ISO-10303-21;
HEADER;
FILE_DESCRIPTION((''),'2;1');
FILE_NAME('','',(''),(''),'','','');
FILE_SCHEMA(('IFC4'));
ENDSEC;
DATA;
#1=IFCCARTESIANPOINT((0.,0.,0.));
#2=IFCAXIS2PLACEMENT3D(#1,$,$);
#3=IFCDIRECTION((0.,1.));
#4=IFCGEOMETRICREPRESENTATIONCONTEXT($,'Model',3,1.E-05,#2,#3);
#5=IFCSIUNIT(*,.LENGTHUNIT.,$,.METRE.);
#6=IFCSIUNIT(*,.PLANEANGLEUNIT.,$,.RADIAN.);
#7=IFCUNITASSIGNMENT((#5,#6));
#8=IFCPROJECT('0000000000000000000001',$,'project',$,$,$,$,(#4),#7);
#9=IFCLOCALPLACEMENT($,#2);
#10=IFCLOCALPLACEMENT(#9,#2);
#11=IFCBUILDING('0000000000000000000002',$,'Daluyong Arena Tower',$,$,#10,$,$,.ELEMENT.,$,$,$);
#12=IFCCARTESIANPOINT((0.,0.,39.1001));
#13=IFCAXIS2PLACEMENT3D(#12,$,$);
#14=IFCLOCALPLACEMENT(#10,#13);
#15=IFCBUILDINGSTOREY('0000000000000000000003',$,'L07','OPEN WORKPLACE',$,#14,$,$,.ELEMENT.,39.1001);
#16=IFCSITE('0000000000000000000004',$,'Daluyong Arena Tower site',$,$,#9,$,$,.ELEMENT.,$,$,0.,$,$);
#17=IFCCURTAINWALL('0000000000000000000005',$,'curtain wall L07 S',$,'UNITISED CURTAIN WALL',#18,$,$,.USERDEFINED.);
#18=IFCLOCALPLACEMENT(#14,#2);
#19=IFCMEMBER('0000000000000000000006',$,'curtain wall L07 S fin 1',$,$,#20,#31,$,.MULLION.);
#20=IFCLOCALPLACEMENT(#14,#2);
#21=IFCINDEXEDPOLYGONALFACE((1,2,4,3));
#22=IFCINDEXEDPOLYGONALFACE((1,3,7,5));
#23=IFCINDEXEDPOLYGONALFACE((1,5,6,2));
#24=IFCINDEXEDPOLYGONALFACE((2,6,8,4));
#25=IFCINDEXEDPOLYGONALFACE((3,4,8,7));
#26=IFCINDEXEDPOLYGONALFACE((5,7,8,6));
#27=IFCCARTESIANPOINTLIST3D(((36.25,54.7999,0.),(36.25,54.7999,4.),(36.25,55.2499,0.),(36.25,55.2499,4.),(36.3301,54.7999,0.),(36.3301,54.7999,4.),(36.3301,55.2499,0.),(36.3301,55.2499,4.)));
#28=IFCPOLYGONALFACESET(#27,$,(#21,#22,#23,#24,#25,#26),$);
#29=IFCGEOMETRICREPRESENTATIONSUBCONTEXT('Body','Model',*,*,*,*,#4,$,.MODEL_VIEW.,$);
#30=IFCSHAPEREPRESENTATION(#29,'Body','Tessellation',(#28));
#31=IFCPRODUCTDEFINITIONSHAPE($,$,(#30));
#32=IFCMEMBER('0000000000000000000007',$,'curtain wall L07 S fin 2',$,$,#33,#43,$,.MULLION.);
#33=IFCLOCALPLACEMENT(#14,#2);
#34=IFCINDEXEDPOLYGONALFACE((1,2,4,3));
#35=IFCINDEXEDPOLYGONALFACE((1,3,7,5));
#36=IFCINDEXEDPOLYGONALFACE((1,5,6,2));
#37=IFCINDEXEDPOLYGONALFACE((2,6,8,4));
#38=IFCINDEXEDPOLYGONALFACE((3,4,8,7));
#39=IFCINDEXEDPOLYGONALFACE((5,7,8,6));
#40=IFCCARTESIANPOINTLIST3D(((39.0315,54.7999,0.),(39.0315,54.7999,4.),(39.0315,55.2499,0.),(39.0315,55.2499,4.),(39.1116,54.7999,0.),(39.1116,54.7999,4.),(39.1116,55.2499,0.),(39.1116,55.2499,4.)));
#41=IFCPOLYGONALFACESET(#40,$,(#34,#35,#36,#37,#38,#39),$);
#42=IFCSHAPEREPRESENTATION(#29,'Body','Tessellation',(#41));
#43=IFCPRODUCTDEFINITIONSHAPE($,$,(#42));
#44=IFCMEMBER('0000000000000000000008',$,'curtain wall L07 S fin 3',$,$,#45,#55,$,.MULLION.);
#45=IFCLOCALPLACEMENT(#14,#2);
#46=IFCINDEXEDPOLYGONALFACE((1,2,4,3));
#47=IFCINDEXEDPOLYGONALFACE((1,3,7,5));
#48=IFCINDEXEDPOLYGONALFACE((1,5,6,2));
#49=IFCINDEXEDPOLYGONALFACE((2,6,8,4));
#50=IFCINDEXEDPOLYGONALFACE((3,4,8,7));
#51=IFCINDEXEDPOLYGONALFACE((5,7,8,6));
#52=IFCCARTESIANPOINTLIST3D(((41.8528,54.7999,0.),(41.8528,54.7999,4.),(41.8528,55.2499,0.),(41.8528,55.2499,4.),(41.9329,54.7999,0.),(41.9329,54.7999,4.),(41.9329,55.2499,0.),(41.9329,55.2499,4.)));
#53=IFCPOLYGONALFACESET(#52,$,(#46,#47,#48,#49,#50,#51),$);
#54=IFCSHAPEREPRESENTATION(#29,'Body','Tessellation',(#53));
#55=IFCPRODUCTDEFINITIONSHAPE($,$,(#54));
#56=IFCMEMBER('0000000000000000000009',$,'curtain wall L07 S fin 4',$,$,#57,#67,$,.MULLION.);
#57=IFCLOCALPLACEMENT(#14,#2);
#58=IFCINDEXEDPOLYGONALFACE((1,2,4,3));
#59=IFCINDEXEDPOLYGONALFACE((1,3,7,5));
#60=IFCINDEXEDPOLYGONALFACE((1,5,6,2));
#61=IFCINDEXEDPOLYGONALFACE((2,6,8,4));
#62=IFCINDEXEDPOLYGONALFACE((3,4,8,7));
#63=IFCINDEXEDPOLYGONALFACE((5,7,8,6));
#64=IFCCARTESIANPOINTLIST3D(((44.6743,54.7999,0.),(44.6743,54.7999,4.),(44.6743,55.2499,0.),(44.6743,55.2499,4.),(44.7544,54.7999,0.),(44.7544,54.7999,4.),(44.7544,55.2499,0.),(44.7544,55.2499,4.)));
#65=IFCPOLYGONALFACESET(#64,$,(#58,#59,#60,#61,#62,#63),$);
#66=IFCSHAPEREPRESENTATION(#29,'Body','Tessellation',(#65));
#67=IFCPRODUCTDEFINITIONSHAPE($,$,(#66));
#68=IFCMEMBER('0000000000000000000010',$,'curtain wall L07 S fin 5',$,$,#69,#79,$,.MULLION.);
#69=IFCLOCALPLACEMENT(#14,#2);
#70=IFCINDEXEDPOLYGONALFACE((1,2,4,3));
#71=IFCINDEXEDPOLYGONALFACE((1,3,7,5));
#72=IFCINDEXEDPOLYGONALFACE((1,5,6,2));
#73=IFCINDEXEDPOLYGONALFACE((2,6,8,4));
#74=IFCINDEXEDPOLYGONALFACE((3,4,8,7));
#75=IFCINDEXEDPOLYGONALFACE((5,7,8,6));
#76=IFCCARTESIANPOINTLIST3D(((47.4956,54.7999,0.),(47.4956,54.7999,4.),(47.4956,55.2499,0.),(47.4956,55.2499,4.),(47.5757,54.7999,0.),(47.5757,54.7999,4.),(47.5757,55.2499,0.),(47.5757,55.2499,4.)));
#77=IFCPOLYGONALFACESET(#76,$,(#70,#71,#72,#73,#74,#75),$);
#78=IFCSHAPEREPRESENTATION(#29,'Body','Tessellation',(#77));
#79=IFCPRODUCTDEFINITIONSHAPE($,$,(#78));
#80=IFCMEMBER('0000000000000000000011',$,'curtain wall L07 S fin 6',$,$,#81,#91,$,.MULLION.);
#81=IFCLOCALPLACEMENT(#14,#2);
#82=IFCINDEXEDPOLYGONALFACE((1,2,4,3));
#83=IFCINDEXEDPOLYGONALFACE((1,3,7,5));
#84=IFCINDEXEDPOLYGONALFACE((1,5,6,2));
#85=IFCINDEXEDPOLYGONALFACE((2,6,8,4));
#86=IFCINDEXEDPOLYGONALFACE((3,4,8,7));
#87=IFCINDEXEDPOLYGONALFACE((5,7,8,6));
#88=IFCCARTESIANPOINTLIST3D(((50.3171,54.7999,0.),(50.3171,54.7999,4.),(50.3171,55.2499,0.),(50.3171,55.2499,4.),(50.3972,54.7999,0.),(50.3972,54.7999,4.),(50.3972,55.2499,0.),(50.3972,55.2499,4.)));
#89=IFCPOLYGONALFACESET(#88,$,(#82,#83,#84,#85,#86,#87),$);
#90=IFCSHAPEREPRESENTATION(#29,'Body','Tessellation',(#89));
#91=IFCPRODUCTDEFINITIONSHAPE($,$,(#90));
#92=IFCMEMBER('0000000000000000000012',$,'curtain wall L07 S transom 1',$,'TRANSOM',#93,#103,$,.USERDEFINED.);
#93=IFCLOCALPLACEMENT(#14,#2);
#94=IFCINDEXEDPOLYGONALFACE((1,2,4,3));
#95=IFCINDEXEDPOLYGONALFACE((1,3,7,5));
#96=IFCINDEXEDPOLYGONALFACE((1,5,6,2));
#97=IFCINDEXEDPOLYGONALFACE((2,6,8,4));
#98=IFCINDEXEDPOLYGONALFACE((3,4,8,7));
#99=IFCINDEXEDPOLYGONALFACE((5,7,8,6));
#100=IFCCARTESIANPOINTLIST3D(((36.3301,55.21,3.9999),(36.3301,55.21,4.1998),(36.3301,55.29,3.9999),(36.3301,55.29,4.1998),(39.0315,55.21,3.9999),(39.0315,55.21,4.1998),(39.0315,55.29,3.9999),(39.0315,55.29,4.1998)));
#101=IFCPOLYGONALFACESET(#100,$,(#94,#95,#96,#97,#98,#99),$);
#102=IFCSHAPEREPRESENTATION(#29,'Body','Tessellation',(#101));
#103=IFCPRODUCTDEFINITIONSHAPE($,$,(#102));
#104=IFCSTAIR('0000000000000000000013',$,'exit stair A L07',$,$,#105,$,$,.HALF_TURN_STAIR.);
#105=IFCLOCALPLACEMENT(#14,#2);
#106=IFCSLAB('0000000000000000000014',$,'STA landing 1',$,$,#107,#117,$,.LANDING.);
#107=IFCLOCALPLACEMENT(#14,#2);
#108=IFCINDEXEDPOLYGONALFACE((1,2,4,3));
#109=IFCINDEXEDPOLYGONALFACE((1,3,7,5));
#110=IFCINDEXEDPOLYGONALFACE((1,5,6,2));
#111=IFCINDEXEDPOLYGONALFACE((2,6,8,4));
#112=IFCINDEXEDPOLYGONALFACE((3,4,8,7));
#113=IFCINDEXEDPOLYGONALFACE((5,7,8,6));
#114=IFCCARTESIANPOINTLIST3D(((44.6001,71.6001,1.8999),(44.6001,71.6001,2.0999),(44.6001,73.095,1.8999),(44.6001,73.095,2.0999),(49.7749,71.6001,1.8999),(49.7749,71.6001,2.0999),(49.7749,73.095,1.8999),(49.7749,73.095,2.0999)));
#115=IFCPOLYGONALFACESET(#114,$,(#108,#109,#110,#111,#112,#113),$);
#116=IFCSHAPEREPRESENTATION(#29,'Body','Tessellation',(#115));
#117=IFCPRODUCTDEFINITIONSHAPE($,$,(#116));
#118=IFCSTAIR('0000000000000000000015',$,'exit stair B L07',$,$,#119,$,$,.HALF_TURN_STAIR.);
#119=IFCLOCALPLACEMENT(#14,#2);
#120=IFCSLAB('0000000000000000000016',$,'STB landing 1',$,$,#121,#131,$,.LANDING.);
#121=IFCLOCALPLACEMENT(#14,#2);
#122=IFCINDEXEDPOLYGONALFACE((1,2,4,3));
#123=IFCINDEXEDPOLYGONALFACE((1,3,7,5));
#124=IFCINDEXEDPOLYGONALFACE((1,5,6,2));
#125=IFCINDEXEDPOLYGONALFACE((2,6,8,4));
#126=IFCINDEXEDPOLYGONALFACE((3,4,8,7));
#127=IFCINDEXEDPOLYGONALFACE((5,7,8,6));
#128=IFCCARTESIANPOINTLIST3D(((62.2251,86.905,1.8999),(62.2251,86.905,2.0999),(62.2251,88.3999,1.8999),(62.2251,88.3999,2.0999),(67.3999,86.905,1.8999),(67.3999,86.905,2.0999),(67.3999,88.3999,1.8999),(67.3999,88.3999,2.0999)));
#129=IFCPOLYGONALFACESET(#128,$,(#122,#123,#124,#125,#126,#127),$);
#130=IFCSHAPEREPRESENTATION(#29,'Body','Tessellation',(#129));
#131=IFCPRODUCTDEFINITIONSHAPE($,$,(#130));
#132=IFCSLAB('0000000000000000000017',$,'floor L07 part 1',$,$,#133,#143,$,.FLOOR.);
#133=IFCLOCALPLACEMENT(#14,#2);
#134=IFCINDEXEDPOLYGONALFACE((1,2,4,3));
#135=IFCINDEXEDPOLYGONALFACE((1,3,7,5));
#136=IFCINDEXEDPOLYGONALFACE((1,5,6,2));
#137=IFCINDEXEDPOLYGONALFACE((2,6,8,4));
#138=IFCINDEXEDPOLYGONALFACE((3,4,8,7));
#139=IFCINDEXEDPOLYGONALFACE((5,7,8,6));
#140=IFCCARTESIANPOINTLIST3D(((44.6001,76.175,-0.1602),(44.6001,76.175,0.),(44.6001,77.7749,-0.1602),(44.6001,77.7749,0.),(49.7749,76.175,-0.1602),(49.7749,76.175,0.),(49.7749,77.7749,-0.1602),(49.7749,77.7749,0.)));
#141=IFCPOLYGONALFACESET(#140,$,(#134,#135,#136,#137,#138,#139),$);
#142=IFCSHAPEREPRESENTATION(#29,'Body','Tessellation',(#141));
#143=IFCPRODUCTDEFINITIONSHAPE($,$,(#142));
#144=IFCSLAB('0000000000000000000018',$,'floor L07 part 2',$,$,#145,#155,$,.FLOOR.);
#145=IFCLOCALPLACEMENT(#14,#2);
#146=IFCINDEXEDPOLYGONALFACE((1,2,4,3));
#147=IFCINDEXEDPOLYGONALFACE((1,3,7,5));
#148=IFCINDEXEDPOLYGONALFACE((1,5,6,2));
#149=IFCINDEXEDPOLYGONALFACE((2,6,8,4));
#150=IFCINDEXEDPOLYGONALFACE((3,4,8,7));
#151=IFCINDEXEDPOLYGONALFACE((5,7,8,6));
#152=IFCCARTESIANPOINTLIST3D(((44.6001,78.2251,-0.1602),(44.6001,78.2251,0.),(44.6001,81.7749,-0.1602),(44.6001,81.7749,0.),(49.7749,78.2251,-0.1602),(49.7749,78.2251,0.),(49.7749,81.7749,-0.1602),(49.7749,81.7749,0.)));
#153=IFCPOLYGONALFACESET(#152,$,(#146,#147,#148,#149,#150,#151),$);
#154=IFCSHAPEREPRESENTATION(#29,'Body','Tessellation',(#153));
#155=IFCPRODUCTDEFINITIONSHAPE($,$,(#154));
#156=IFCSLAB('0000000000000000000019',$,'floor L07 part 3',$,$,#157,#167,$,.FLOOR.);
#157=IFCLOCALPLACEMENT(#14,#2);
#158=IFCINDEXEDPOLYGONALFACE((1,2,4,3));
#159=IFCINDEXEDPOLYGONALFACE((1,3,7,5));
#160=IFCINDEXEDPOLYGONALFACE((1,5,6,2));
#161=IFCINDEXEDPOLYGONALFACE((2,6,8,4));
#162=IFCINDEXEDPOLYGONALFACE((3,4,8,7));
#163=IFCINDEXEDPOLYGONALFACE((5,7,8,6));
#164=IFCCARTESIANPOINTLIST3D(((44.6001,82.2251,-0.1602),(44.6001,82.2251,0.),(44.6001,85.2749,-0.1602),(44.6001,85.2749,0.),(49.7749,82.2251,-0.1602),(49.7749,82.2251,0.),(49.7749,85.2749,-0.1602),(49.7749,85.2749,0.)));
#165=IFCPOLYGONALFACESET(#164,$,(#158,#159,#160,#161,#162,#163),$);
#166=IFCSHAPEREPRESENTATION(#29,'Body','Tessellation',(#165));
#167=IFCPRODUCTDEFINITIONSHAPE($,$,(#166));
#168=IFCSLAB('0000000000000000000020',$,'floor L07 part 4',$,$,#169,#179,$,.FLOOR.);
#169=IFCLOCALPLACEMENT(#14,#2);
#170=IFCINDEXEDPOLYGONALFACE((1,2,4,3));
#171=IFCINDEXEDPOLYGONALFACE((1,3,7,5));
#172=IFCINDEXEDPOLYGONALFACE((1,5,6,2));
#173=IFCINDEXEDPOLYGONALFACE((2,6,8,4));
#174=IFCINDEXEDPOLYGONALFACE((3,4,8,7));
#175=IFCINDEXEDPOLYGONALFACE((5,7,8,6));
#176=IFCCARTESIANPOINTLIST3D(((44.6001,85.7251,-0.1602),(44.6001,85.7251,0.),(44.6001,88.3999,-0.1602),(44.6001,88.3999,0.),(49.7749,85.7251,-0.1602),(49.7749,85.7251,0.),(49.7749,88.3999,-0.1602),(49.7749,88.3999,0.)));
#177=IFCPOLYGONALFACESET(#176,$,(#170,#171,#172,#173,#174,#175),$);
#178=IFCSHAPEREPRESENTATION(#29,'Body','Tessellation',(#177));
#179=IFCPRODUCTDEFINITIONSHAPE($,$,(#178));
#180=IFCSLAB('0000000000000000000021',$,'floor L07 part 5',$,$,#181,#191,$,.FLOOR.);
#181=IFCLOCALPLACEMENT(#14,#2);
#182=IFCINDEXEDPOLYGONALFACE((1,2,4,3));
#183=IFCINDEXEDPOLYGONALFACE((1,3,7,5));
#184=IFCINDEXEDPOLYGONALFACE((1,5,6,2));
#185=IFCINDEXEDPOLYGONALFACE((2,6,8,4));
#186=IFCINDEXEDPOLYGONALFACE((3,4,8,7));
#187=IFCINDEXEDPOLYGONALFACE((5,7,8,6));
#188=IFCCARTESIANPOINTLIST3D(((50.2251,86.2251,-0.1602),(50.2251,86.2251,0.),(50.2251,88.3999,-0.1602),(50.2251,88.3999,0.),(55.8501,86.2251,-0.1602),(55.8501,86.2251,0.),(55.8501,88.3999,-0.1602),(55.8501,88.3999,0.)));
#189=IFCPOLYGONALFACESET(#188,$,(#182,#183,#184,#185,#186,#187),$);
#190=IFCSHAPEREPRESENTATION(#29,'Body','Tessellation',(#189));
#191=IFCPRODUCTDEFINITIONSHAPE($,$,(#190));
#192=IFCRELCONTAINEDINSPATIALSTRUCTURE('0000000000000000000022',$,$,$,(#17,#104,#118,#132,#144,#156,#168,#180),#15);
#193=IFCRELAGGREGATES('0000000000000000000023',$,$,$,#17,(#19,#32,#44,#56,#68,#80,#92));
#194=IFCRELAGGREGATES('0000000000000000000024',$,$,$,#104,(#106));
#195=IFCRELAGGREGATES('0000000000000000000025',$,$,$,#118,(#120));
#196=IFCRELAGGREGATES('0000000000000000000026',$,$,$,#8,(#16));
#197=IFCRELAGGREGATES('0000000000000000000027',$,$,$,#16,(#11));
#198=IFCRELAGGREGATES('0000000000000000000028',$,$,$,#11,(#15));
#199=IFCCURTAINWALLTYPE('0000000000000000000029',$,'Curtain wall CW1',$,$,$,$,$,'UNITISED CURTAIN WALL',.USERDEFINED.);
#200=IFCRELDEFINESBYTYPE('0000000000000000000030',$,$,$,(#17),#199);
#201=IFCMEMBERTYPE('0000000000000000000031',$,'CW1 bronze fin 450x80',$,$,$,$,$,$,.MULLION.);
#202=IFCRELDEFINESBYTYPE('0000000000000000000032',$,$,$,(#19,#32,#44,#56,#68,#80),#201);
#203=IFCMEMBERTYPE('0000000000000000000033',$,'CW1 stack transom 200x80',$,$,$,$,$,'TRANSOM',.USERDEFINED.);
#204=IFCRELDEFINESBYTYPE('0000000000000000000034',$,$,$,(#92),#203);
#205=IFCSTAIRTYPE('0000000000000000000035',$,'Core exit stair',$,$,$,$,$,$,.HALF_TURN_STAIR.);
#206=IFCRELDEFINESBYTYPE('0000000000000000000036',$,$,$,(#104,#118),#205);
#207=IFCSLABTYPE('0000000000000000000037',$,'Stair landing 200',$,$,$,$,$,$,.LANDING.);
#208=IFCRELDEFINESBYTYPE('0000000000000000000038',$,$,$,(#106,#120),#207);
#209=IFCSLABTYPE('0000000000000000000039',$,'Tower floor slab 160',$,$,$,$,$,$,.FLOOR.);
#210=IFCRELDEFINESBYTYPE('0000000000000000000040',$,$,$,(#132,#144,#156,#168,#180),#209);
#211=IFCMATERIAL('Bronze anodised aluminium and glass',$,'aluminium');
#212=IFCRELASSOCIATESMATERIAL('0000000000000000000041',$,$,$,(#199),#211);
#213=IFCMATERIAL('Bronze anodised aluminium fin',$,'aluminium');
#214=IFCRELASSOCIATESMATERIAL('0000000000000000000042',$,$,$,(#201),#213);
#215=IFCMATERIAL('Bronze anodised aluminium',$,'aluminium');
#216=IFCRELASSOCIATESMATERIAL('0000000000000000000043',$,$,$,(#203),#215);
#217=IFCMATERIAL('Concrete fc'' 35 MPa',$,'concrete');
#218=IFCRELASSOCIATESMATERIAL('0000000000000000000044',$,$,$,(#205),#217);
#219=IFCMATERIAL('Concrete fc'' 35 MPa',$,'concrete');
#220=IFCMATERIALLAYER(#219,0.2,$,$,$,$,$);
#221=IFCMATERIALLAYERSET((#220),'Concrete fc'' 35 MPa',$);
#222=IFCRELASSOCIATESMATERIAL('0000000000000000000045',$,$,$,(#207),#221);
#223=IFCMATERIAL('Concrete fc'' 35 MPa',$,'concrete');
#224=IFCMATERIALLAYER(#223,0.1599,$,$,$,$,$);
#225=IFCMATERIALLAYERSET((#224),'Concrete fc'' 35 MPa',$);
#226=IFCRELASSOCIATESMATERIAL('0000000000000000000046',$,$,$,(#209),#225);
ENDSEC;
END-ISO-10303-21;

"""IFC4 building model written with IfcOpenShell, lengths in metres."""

from ifc_helpers import new_model, si_unit, direction, frame, origin, origin_2d, place, context, subcontext, project, spatial, polyline, rectangle, outline, extrude, material, layer, layer_set, material_profile, profile_set, type_object, element, aggregate, save


model = new_model("IFC4")

# Units and contexts
model_context = context("Model", 3, precision=1e-05, world=origin(), true_north=direction((0.0, 1.0)))
body_context = subcontext(model_context, "Body", "Model", "MODEL_VIEW")
ifc_project = project(units=[si_unit("LENGTHUNIT", "METRE"), si_unit("PLANEANGLEUNIT", "RADIAN")], contexts=[model_context])

# Site, building, storey
site_placement = place(None, origin())
site = spatial("IfcSite", under=ifc_project, at=site_placement, Name="Daluyong Arena Tower site", CompositionType="ELEMENT", RefElevation=0.0)
building_placement = place(site_placement, origin())
building = spatial("IfcBuilding", under=site, at=building_placement, Name="Daluyong Arena Tower", CompositionType="ELEMENT")
storey_placement = place(building_placement, frame((0.0, 0.0, 39.1001)))
storey = spatial("IfcBuildingStorey", under=building, at=storey_placement, Name="L07", Description="OPEN WORKPLACE", CompositionType="ELEMENT", Elevation=39.1001)

# Curtain wall, members
ifc_material_1 = material(Name="Bronze anodised aluminium and glass", Category="aluminium")
curtain_wall_type = type_object("IfcCurtainWallType", Name="Curtain wall CW1", ElementType="UNITISED CURTAIN WALL", PredefinedType="USERDEFINED", material=ifc_material_1)
curtain_wall_placement = place(storey_placement, origin())
curtain_wall = element("IfcCurtainWall", 1, at=curtain_wall_placement, inside=storey, type_object=curtain_wall_type, Name="curtain wall L07 S", ObjectType="UNITISED CURTAIN WALL", PredefinedType="USERDEFINED")
ifc_material_2 = material(Name="Bronze anodised aluminium fin", Category="aluminium")
ifc_material_profile_1 = material_profile(ifc_material_2, rectangle(XDim=0.45, YDim=0.0801, at=origin_2d()))
ifc_profile_set_1 = profile_set([ifc_material_profile_1], Name="Bronze anodised aluminium fin")
member_type_1 = type_object("IfcMemberType", Name="CW1 bronze fin 450x80", PredefinedType="MULLION", material=ifc_profile_set_1)
member_1_placement = place(storey_placement, frame((36.29, 55.0249, 0.0), z_axis=(0.0, 0.0, 1.0), x_axis=(0.0, 1.0, 0.0)))
member_1 = element("IfcMember", 2, at=member_1_placement, type_object=member_type_1, Name="curtain wall L07 S fin 1", PredefinedType="MULLION", context=body_context, shape_type="SweptSolid", body=[
    extrude(rectangle(XDim=0.45, YDim=0.0801, at=origin_2d()), origin(), (0.0, 0.0, 1.0), 4.0),
])
member_2_placement = place(storey_placement, frame((39.0715, 55.0249, 0.0), z_axis=(0.0, 0.0, 1.0), x_axis=(0.0, 1.0, 0.0)))
member_2 = element("IfcMember", 3, at=member_2_placement, type_object=member_type_1, Name="curtain wall L07 S fin 2", PredefinedType="MULLION", context=body_context, shape_type="SweptSolid", body=[
    extrude(rectangle(XDim=0.45, YDim=0.0801, at=origin_2d()), origin(), (0.0, 0.0, 1.0), 4.0),
])
member_3_placement = place(storey_placement, frame((41.8928, 55.0249, 0.0), z_axis=(0.0, 0.0, 1.0), x_axis=(0.0, 1.0, 0.0)))
member_3 = element("IfcMember", 4, at=member_3_placement, type_object=member_type_1, Name="curtain wall L07 S fin 3", PredefinedType="MULLION", context=body_context, shape_type="SweptSolid", body=[
    extrude(rectangle(XDim=0.45, YDim=0.0801, at=origin_2d()), origin(), (0.0, 0.0, 1.0), 4.0),
])
member_4_placement = place(storey_placement, frame((44.7144, 55.0249, 0.0), z_axis=(0.0, 0.0, 1.0), x_axis=(0.0, 1.0, 0.0)))
member_4 = element("IfcMember", 5, at=member_4_placement, type_object=member_type_1, Name="curtain wall L07 S fin 4", PredefinedType="MULLION", context=body_context, shape_type="SweptSolid", body=[
    extrude(rectangle(XDim=0.45, YDim=0.0801, at=origin_2d()), origin(), (0.0, 0.0, 1.0), 4.0),
])
member_5_placement = place(storey_placement, frame((47.5356, 55.0249, 0.0), z_axis=(0.0, 0.0, 1.0), x_axis=(0.0, 1.0, 0.0)))
member_5 = element("IfcMember", 6, at=member_5_placement, type_object=member_type_1, Name="curtain wall L07 S fin 5", PredefinedType="MULLION", context=body_context, shape_type="SweptSolid", body=[
    extrude(rectangle(XDim=0.45, YDim=0.0801, at=origin_2d()), origin(), (0.0, 0.0, 1.0), 4.0),
])
member_6_placement = place(storey_placement, frame((50.3572, 55.0249, 0.0), z_axis=(0.0, 0.0, 1.0), x_axis=(0.0, 1.0, 0.0)))
member_6 = element("IfcMember", 7, at=member_6_placement, type_object=member_type_1, Name="curtain wall L07 S fin 6", PredefinedType="MULLION", context=body_context, shape_type="SweptSolid", body=[
    extrude(rectangle(XDim=0.45, YDim=0.0801, at=origin_2d()), origin(), (0.0, 0.0, 1.0), 4.0),
])
ifc_material_3 = material(Name="Bronze anodised aluminium", Category="aluminium")
ifc_material_profile_2 = material_profile(ifc_material_3, rectangle(XDim=0.0801, YDim=0.2, at=origin_2d()))
ifc_profile_set_2 = profile_set([ifc_material_profile_2], Name="Bronze anodised aluminium")
member_type_2 = type_object("IfcMemberType", Name="CW1 stack transom 200x80", ElementType="TRANSOM", PredefinedType="USERDEFINED", material=ifc_profile_set_2)
member_7_placement = place(storey_placement, frame((36.3301, 55.25, 4.0999), z_axis=(1.0, 0.0, 0.0), x_axis=(0.0, 1.0, 0.0)))
member_7 = element("IfcMember", 8, at=member_7_placement, type_object=member_type_2, Name="curtain wall L07 S transom 1", ObjectType="TRANSOM", PredefinedType="USERDEFINED", context=body_context, shape_type="SweptSolid", body=[
    extrude(rectangle(XDim=0.0801, YDim=0.2, at=origin_2d()), origin(), (0.0, 0.0, 1.0), 2.7014),
])
aggregate(curtain_wall, [member_1, member_2, member_3, member_4, member_5, member_6, member_7])

# Stairs, slabs
ifc_material_4 = material(Name="Concrete fc' 35 MPa", Category="concrete")
stair_type = type_object("IfcStairType", Name="Core exit stair", PredefinedType="HALF_TURN_STAIR", material=ifc_material_4)
stair_1_placement = place(storey_placement, origin())
stair_1 = element("IfcStair", 9, at=stair_1_placement, inside=storey, type_object=stair_type, Name="exit stair A L07", PredefinedType="HALF_TURN_STAIR")
ifc_material_5 = material(Name="Concrete fc' 35 MPa", Category="concrete")
ifc_layer_1 = layer(ifc_material_5, 0.2)
ifc_layer_set_1 = layer_set([ifc_layer_1], Name="Concrete fc' 35 MPa")
slab_type_1 = type_object("IfcSlabType", Name="Stair landing 200", PredefinedType="LANDING", material=ifc_layer_set_1)
slab_1_placement = place(storey_placement, frame((0.0, 0.0, 1.8999)))
slab_1 = element("IfcSlab", 10, at=slab_1_placement, type_object=slab_type_1, Name="STA landing 1", PredefinedType="LANDING", context=body_context, shape_type="SweptSolid", body=[
    extrude(outline(polyline([(44.6001, 71.6001), (49.7749, 71.6001), (49.7749, 73.095), (44.6001, 73.095), (44.6001, 71.6001)])), origin(), (0.0, 0.0, 1.0), 0.2),
])
aggregate(stair_1, [slab_1])
stair_2_placement = place(storey_placement, origin())
stair_2 = element("IfcStair", 11, at=stair_2_placement, inside=storey, type_object=stair_type, Name="exit stair B L07", PredefinedType="HALF_TURN_STAIR")
slab_2_placement = place(storey_placement, frame((0.0, 0.0, 1.8999)))
slab_2 = element("IfcSlab", 12, at=slab_2_placement, type_object=slab_type_1, Name="STB landing 1", PredefinedType="LANDING", context=body_context, shape_type="SweptSolid", body=[
    extrude(outline(polyline([(62.2251, 86.905), (67.3999, 86.905), (67.3999, 88.3999), (62.2251, 88.3999), (62.2251, 86.905)])), origin(), (0.0, 0.0, 1.0), 0.2),
])
aggregate(stair_2, [slab_2])

# Slabs
ifc_material_6 = material(Name="Concrete fc' 35 MPa", Category="concrete")
ifc_layer_2 = layer(ifc_material_6, 0.1599)
ifc_layer_set_2 = layer_set([ifc_layer_2], Name="Concrete fc' 35 MPa")
slab_type_2 = type_object("IfcSlabType", Name="Tower floor slab 160", PredefinedType="FLOOR", material=ifc_layer_set_2)
slab_3_placement = place(storey_placement, frame((0.0, 0.0, -0.1602)))
element("IfcSlab", 13, at=slab_3_placement, inside=storey, type_object=slab_type_2, Name="floor L07 part 1", PredefinedType="FLOOR", context=body_context, shape_type="SweptSolid", body=[
    extrude(outline(polyline([(49.7749, 76.175), (49.7749, 77.7749), (44.6001, 77.7749), (44.6001, 76.175), (49.7749, 76.175)])), origin(), (0.0, 0.0, 1.0), 0.1602),
])
slab_4_placement = place(storey_placement, frame((0.0, 0.0, -0.1602)))
element("IfcSlab", 14, at=slab_4_placement, inside=storey, type_object=slab_type_2, Name="floor L07 part 2", PredefinedType="FLOOR", context=body_context, shape_type="SweptSolid", body=[
    extrude(outline(polyline([(49.7749, 78.2251), (49.7749, 81.7749), (44.6001, 81.7749), (44.6001, 78.2251), (49.7749, 78.2251)])), origin(), (0.0, 0.0, 1.0), 0.1602),
])
slab_5_placement = place(storey_placement, frame((0.0, 0.0, -0.1602)))
element("IfcSlab", 15, at=slab_5_placement, inside=storey, type_object=slab_type_2, Name="floor L07 part 3", PredefinedType="FLOOR", context=body_context, shape_type="SweptSolid", body=[
    extrude(outline(polyline([(49.7749, 82.2251), (49.7749, 85.2749), (44.6001, 85.2749), (44.6001, 82.2251), (49.7749, 82.2251)])), origin(), (0.0, 0.0, 1.0), 0.1602),
])
slab_6_placement = place(storey_placement, frame((0.0, 0.0, -0.1602)))
element("IfcSlab", 16, at=slab_6_placement, inside=storey, type_object=slab_type_2, Name="floor L07 part 4", PredefinedType="FLOOR", context=body_context, shape_type="SweptSolid", body=[
    extrude(outline(polyline([(44.6001, 88.3999), (44.6001, 85.7251), (49.7749, 85.7251), (49.7749, 88.3999), (44.6001, 88.3999)])), origin(), (0.0, 0.0, 1.0), 0.1602),
])
slab_7_placement = place(storey_placement, frame((0.0, 0.0, -0.1602)))
element("IfcSlab", 17, at=slab_7_placement, inside=storey, type_object=slab_type_2, Name="floor L07 part 5", PredefinedType="FLOOR", context=body_context, shape_type="SweptSolid", body=[
    extrude(outline(polyline([(50.2251, 88.3999), (50.2251, 86.2251), (55.8501, 86.2251), (55.8501, 88.3999), (50.2251, 88.3999)])), origin(), (0.0, 0.0, 1.0), 0.1602),
])

save(model, "model.ifc")
